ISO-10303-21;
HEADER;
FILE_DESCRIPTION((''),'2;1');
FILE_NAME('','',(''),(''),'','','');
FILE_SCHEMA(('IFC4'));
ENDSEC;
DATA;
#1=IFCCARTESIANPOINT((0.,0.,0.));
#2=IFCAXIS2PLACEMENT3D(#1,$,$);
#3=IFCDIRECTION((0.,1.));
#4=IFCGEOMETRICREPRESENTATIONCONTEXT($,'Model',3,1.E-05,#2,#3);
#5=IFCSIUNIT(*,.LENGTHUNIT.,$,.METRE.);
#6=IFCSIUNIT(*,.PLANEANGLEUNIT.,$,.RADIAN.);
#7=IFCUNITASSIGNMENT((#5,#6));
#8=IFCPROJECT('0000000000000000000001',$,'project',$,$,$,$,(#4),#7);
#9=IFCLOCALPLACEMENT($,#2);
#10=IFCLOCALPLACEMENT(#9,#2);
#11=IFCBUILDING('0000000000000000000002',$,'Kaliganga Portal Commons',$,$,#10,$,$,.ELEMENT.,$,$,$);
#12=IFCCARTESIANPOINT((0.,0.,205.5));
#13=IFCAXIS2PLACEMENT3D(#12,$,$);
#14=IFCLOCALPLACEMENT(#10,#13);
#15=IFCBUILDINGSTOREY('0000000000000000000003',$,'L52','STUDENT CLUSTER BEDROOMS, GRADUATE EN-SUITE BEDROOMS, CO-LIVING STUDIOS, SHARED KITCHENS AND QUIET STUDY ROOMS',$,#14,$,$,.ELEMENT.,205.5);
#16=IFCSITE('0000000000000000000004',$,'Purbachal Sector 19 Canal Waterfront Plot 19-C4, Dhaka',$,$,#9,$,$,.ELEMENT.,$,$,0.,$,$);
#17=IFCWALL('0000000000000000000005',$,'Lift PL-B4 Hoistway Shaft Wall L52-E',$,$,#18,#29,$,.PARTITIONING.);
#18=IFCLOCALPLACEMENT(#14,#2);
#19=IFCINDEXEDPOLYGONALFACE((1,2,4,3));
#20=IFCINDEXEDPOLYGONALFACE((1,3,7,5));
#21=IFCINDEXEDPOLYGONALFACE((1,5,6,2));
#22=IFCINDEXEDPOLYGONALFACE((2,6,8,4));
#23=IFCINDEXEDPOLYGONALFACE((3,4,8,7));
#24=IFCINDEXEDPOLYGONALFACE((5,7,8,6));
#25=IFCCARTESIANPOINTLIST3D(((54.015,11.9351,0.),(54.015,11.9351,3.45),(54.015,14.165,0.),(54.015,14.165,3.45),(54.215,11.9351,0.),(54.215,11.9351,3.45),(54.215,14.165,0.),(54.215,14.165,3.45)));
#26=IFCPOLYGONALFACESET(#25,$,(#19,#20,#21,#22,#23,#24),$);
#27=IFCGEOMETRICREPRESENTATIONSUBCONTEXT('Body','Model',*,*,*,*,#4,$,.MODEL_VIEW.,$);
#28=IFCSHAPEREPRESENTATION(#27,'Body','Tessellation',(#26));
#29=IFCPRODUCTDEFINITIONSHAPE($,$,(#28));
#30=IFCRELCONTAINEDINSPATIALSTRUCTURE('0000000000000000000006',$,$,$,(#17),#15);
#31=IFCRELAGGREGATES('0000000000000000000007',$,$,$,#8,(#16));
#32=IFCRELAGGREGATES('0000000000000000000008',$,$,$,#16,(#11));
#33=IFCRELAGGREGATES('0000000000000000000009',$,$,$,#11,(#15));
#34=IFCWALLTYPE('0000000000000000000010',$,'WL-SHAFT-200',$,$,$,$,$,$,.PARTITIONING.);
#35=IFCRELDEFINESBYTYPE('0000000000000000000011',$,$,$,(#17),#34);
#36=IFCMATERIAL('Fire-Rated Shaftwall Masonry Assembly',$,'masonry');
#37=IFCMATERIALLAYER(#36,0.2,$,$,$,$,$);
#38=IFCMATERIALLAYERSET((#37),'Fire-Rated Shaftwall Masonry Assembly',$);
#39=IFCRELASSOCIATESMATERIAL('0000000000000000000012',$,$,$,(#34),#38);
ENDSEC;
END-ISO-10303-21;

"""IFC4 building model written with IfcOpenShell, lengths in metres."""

from ifc_helpers import new_model, si_unit, direction, frame, frame_2d, origin, place, context, subcontext, project, spatial, rectangle, extrude, material, layer, layer_set, type_object, element, save


model = new_model("IFC4")

# Units and contexts
model_context = context("Model", 3, precision=1e-05, world=origin(), true_north=direction((0.0, 1.0)))
body_context = subcontext(model_context, "Body", "Model", "MODEL_VIEW")
ifc_project = project(units=[si_unit("LENGTHUNIT", "METRE"), si_unit("PLANEANGLEUNIT", "RADIAN")], contexts=[model_context])

# Site, building, storey
site_placement = place(None, origin())
site = spatial("IfcSite", under=ifc_project, at=site_placement, Name="Purbachal Sector 19 Canal Waterfront Plot 19-C4, Dhaka", CompositionType="ELEMENT", RefElevation=0.0)
building_placement = place(site_placement, origin())
building = spatial("IfcBuilding", under=site, at=building_placement, Name="Kaliganga Portal Commons", CompositionType="ELEMENT")
storey_placement = place(building_placement, frame((0.0, 0.0, 205.5)))
storey = spatial("IfcBuildingStorey", under=building, at=storey_placement, Name="L52", Description="STUDENT CLUSTER BEDROOMS, GRADUATE EN-SUITE BEDROOMS, CO-LIVING STUDIOS, SHARED KITCHENS AND QUIET STUDY ROOMS", CompositionType="ELEMENT", Elevation=205.5)

# Wall
ifc_material_1 = material(Name="Fire-Rated Shaftwall Masonry Assembly", Category="masonry")
ifc_layer_1 = layer(ifc_material_1, 0.2)
ifc_layer_set_1 = layer_set([ifc_layer_1], Name="Fire-Rated Shaftwall Masonry Assembly")
wall_type_1 = type_object("IfcWallType", Name="WL-SHAFT-200", PredefinedType="PARTITIONING", material=ifc_layer_set_1)
wall_1_placement = place(storey_placement, frame((54.115, 11.9351, 0.0), z_axis=(0.0, 0.0, 1.0), x_axis=(0.0, 1.0, 0.0)))
element("IfcWall", 1, at=wall_1_placement, inside=storey, type_object=wall_type_1, Name="Lift PL-B4 Hoistway Shaft Wall L52-E", PredefinedType="PARTITIONING", context=body_context, shape_type="SweptSolid", body=[
    extrude(rectangle(XDim=2.23, YDim=0.2, at=frame_2d((1.115, 0.0))), origin(), (0.0, 0.0, 1.0), 3.45),
])

save(model, "model.ifc")
